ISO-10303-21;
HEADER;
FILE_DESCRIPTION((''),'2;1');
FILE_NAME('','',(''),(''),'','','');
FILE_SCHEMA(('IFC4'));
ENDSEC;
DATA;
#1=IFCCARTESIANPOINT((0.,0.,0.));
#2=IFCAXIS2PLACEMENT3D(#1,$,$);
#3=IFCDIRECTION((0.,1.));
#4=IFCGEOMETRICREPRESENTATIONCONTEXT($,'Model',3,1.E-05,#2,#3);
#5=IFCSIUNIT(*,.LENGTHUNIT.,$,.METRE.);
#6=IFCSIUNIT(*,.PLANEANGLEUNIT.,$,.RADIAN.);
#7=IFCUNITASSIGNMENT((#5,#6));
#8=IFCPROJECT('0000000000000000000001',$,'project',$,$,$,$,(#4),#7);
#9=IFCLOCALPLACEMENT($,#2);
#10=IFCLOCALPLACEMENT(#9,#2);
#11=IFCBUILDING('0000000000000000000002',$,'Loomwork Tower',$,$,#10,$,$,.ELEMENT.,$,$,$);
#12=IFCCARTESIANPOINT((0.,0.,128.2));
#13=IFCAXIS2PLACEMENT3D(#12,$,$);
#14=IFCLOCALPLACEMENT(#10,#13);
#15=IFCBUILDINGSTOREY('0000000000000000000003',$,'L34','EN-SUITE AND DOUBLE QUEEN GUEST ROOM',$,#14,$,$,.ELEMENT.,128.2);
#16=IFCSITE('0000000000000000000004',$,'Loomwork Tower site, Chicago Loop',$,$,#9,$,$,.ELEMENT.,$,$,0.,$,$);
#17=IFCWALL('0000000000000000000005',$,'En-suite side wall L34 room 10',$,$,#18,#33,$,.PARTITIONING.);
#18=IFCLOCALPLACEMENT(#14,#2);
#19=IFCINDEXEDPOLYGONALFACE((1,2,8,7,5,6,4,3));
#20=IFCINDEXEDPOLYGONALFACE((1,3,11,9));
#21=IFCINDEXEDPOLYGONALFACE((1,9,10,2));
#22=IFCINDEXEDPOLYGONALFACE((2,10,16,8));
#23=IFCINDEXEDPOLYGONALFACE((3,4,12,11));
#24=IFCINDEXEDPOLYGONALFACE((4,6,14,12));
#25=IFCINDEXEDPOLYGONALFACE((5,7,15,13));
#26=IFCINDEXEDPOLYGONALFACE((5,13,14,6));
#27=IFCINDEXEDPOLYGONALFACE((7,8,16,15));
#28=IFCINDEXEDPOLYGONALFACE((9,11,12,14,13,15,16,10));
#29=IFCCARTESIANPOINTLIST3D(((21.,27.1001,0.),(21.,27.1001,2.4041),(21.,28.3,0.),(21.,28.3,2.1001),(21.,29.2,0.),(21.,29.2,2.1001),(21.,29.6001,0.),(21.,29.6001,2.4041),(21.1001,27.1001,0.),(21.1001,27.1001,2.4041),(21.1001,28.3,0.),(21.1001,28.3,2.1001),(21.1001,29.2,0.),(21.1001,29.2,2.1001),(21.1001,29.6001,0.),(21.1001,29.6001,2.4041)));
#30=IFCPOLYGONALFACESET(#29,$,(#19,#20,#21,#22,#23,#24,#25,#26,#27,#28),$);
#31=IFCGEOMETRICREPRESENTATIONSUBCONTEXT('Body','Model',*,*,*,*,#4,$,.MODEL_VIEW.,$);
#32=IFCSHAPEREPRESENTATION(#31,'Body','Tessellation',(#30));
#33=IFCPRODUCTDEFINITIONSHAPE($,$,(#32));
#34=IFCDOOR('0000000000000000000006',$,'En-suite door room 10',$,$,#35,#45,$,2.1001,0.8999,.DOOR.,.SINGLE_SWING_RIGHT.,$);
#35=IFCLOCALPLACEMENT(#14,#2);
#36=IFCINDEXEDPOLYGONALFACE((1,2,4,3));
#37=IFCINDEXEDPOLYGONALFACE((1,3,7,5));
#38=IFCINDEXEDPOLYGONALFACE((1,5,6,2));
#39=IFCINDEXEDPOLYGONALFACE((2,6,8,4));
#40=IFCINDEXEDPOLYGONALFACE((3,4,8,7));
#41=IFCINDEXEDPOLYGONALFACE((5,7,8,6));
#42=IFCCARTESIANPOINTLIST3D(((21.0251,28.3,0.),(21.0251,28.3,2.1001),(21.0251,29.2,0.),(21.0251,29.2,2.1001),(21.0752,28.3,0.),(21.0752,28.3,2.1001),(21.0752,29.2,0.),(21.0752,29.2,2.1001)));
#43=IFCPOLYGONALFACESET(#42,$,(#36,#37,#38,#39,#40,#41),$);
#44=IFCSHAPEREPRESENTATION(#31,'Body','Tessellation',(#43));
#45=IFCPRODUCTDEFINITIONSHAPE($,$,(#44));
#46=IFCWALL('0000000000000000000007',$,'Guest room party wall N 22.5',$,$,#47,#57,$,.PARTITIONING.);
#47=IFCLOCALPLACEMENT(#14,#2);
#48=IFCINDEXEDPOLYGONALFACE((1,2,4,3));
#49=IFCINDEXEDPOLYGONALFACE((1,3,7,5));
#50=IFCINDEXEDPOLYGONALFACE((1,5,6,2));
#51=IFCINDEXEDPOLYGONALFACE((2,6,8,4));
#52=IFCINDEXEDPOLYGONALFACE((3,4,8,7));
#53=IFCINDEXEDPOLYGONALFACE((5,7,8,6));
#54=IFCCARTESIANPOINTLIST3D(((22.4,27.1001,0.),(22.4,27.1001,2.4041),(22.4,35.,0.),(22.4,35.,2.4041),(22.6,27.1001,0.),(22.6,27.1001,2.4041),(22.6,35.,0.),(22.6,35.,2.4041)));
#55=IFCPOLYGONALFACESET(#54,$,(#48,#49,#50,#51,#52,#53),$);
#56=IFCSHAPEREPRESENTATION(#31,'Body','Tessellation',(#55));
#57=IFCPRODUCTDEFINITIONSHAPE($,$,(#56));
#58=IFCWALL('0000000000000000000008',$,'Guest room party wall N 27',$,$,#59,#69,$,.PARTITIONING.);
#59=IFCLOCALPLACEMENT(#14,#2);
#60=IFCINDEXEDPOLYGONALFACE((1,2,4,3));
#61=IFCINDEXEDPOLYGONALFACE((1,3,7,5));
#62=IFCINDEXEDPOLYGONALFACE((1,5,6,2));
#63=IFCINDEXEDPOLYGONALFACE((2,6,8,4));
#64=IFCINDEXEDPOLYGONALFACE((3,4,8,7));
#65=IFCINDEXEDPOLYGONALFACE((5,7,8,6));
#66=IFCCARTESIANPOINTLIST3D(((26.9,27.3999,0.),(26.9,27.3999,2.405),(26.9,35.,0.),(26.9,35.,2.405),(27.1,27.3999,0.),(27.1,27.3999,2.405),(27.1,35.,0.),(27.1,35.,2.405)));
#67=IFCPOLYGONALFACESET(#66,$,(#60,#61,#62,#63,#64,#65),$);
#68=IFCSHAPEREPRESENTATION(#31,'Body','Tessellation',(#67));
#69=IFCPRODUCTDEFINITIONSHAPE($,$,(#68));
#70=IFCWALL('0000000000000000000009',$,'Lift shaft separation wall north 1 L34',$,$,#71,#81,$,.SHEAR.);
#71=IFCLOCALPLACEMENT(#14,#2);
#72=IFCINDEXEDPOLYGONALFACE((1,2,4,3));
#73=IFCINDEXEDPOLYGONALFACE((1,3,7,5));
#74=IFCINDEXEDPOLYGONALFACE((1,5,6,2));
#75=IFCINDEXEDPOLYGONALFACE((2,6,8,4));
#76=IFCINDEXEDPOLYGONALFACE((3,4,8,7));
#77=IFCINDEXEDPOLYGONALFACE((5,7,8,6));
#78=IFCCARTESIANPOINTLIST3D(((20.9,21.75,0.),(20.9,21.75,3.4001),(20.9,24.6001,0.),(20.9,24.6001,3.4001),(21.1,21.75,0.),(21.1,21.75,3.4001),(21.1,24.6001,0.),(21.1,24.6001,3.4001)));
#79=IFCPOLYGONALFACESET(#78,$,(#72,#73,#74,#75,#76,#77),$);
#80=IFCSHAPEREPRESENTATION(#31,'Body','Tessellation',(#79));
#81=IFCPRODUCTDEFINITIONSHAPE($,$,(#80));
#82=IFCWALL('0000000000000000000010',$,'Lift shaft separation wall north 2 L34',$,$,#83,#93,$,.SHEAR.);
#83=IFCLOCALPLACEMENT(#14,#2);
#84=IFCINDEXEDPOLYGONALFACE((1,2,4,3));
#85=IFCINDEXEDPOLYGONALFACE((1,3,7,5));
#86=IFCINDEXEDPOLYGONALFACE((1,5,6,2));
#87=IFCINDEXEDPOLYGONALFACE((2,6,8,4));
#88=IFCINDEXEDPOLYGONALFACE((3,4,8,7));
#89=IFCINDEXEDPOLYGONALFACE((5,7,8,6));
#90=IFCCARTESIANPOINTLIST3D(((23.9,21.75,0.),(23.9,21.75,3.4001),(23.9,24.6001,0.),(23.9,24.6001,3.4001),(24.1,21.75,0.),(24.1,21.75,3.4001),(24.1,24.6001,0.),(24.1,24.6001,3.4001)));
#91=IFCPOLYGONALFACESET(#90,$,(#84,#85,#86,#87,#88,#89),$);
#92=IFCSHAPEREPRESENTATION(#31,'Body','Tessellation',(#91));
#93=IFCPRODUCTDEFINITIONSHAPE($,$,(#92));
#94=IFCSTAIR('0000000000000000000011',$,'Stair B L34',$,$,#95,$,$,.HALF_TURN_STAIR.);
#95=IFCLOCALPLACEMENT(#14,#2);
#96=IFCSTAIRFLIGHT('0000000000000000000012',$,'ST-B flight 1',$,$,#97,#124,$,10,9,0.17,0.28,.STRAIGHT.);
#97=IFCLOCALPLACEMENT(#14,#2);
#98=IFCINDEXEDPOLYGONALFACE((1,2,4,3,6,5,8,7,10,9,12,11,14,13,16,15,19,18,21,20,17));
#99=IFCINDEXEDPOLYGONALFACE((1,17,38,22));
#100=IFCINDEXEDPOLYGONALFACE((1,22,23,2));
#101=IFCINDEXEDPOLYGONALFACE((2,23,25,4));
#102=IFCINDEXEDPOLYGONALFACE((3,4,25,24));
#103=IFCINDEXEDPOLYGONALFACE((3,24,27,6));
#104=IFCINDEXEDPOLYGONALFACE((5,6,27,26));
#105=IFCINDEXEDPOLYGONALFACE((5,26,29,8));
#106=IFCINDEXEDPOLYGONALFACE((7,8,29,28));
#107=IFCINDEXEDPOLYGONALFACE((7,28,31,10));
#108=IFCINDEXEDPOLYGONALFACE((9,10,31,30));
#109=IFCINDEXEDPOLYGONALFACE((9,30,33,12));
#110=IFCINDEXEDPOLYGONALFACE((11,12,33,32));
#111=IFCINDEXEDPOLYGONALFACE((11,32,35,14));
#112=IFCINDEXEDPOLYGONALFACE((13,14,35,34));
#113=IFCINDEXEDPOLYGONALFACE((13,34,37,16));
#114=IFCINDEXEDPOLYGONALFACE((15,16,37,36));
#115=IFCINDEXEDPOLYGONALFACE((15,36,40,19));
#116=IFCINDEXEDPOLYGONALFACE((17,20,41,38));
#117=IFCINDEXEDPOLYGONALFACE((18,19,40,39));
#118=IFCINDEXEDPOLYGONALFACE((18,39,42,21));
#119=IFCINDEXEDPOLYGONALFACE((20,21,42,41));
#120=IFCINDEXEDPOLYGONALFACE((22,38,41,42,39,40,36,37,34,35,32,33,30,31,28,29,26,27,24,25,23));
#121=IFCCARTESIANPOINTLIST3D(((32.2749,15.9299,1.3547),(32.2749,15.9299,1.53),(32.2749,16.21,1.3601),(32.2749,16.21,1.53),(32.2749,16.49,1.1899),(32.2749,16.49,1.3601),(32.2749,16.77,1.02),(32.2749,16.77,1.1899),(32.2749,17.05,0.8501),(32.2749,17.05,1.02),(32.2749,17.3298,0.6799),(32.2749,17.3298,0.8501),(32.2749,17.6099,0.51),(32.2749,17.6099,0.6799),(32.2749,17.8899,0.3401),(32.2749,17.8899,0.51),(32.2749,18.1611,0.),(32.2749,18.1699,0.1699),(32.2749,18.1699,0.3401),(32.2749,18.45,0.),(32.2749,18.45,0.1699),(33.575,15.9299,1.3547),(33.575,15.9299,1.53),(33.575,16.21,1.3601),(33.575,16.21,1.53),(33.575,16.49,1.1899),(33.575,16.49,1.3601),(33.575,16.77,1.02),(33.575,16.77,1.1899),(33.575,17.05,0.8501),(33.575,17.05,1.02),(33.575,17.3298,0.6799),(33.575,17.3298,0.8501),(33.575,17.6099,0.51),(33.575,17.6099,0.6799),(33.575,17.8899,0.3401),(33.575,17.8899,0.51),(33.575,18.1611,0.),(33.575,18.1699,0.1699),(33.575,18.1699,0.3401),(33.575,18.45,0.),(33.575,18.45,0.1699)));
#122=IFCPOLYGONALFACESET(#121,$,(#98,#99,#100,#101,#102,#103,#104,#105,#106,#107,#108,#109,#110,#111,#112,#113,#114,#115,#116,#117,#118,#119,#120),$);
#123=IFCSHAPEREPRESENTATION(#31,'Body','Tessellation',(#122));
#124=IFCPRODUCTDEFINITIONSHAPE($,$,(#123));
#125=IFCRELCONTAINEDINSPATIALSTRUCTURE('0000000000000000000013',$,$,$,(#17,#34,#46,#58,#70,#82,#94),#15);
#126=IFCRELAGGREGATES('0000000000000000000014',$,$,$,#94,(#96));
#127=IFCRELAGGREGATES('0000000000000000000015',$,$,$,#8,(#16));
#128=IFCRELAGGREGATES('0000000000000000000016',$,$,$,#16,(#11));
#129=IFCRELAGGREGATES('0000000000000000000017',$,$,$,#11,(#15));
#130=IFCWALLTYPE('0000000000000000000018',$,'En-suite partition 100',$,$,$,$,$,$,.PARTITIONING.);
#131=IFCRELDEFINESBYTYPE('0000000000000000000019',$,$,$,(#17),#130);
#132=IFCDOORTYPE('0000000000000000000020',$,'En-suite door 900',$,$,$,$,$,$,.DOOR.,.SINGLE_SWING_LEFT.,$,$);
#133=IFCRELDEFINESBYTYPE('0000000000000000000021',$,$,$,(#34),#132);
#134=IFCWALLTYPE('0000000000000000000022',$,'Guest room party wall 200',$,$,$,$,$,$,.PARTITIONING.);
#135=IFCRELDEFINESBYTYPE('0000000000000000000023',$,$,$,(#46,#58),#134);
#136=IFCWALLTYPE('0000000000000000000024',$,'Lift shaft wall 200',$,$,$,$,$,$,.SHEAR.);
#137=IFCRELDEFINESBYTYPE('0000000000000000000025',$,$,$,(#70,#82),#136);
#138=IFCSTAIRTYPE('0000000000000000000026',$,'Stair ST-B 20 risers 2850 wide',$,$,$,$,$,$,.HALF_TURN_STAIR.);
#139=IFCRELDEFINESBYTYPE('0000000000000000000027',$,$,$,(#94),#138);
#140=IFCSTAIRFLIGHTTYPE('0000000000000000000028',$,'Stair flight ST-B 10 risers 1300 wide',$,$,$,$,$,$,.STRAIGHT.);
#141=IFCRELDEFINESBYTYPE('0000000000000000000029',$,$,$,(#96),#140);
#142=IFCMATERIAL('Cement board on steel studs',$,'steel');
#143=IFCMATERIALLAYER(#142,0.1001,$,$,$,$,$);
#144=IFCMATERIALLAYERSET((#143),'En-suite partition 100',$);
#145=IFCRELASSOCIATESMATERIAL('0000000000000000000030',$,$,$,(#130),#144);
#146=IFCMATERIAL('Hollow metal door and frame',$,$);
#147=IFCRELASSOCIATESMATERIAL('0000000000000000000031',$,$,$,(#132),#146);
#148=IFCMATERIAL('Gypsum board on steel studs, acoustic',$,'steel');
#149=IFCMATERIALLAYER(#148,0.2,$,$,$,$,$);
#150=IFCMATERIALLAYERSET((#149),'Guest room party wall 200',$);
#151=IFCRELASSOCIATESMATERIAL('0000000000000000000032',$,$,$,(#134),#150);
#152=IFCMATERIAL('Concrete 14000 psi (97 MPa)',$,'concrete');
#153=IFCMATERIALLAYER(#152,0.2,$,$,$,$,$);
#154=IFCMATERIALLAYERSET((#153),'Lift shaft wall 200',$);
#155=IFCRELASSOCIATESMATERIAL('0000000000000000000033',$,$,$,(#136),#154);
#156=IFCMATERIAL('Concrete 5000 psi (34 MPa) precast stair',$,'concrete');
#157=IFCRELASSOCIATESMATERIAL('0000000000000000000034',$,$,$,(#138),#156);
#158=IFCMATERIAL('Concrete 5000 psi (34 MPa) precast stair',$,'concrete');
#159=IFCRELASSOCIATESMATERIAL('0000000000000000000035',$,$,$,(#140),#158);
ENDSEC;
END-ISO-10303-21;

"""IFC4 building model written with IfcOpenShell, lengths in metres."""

from ifc_helpers import new_model, si_unit, direction, frame, frame_2d, origin, place, context, subcontext, project, spatial, polyline, rectangle, outline, extrude, material, layer, layer_set, type_object, element, fill, aggregate, save


model = new_model("IFC4")

# Units and contexts
model_context = context("Model", 3, precision=1e-05, world=origin(), true_north=direction((0.0, 1.0)))
body_context = subcontext(model_context, "Body", "Model", "MODEL_VIEW")
ifc_project = project(units=[si_unit("LENGTHUNIT", "METRE"), si_unit("PLANEANGLEUNIT", "RADIAN")], contexts=[model_context])

# Site, building, storey
site_placement = place(None, origin())
site = spatial("IfcSite", under=ifc_project, at=site_placement, Name="Loomwork Tower site, Chicago Loop", CompositionType="ELEMENT", RefElevation=0.0)
building_placement = place(site_placement, origin())
building = spatial("IfcBuilding", under=site, at=building_placement, Name="Loomwork Tower", CompositionType="ELEMENT")
storey_placement = place(building_placement, frame((0.0, 0.0, 128.2)))
storey = spatial("IfcBuildingStorey", under=building, at=storey_placement, Name="L34", Description="EN-SUITE AND DOUBLE QUEEN GUEST ROOM", CompositionType="ELEMENT", Elevation=128.2)

# Wall, opening, door
ifc_material_1 = material(Name="Cement board on steel studs", Category="steel")
ifc_layer_1 = layer(ifc_material_1, 0.1001)
ifc_layer_set_1 = layer_set([ifc_layer_1], Name="En-suite partition 100")
wall_type_1 = type_object("IfcWallType", Name="En-suite partition 100", PredefinedType="PARTITIONING", material=ifc_layer_set_1)
wall_1_placement = place(storey_placement, frame((21.05, 27.1001, 0.0), z_axis=(0.0, 0.0, 1.0), x_axis=(0.0, 1.0, 0.0)))
wall_1 = element("IfcWall", 1, at=wall_1_placement, inside=storey, type_object=wall_type_1, Name="En-suite side wall L34 room 10", PredefinedType="PARTITIONING", context=body_context, shape_type="SweptSolid", body=[
    extrude(rectangle(XDim=2.5, YDim=0.1001, at=frame_2d((1.25, 0.0))), origin(), (0.0, 0.0, 1.0), 2.4041),
])
opening_1_placement = place(wall_1_placement, frame((1.2, 0.0, 0.0)))
opening_1 = element("IfcOpeningElement", 2, at=opening_1_placement, cuts=wall_1, PredefinedType="OPENING", context=body_context, shape_type="SweptSolid", body=[
    extrude(rectangle(XDim=0.8999, YDim=2.1001, at=frame_2d((0.45, 1.05))), frame((0.0, 0.0601, 0.0), z_axis=(0.0, -1.0, 0.0), x_axis=(1.0, 0.0, 0.0)), (0.0, 0.0, 1.0), 0.1201),
])
ifc_material_2 = material(Name="Hollow metal door and frame")
door_type_1 = type_object("IfcDoorType", Name="En-suite door 900", OperationType="SINGLE_SWING_LEFT", PredefinedType="DOOR", material=ifc_material_2)
door_1_placement = place(opening_1_placement, origin())
door_1 = element("IfcDoor", 3, at=door_1_placement, inside=storey, type_object=door_type_1, Name="En-suite door room 10", OperationType="SINGLE_SWING_RIGHT", OverallHeight=2.1001, OverallWidth=0.8999, PredefinedType="DOOR", context=body_context, shape_type="SweptSolid", body=[
    extrude(rectangle(XDim=0.8999, YDim=2.1001, at=frame_2d((0.45, 1.05))), frame((0.0, 0.0249, 0.0), z_axis=(0.0, -1.0, 0.0), x_axis=(1.0, 0.0, 0.0)), (0.0, 0.0, 1.0), 0.05),
])
fill(opening_1, door_1)

# Walls
ifc_material_3 = material(Name="Gypsum board on steel studs, acoustic", Category="steel")
ifc_layer_2 = layer(ifc_material_3, 0.2)
ifc_layer_set_2 = layer_set([ifc_layer_2], Name="Guest room party wall 200")
wall_type_2 = type_object("IfcWallType", Name="Guest room party wall 200", PredefinedType="PARTITIONING", material=ifc_layer_set_2)
wall_2_placement = place(storey_placement, frame((22.5, 27.1001, 0.0), z_axis=(0.0, 0.0, 1.0), x_axis=(0.0, 1.0, 0.0)))
element("IfcWall", 4, at=wall_2_placement, inside=storey, type_object=wall_type_2, Name="Guest room party wall N 22.5", PredefinedType="PARTITIONING", context=body_context, shape_type="SweptSolid", body=[
    extrude(rectangle(XDim=7.8999, YDim=0.2, at=frame_2d((3.95, 0.0))), origin(), (0.0, 0.0, 1.0), 2.4041),
])
wall_3_placement = place(storey_placement, frame((27.0, 27.3999, 0.0), z_axis=(0.0, 0.0, 1.0), x_axis=(0.0, 1.0, 0.0)))
element("IfcWall", 5, at=wall_3_placement, inside=storey, type_object=wall_type_2, Name="Guest room party wall N 27", PredefinedType="PARTITIONING", context=body_context, shape_type="SweptSolid", body=[
    extrude(rectangle(XDim=7.6001, YDim=0.2, at=frame_2d((3.8, 0.0))), origin(), (0.0, 0.0, 1.0), 2.405),
])
ifc_material_4 = material(Name="Concrete 14000 psi (97 MPa)", Category="concrete")
ifc_layer_3 = layer(ifc_material_4, 0.2)
ifc_layer_set_3 = layer_set([ifc_layer_3], Name="Lift shaft wall 200")
wall_type_3 = type_object("IfcWallType", Name="Lift shaft wall 200", PredefinedType="SHEAR", material=ifc_layer_set_3)
for number, where, z_axis, x_axis, name in (
    (6, (21.0, 21.75, 0.0), (0.0, 0.0, 1.0), (0.0, 1.0, 0.0), "Lift shaft separation wall north 1 L34"),
    (7, (24.0, 21.75, 0.0), (0.0, 0.0, 1.0), (0.0, 1.0, 0.0), "Lift shaft separation wall north 2 L34"),
):
    element("IfcWall", number, at=place(storey_placement, frame(where, z_axis=z_axis, x_axis=x_axis)), inside=storey, type_object=wall_type_3, Name=name, PredefinedType="SHEAR", context=body_context, shape_type="SweptSolid", body=[
        extrude(rectangle(XDim=2.8501, YDim=0.2, at=frame_2d((1.425, 0.0))), origin(), (0.0, 0.0, 1.0), 3.4001),
    ])

# Stair, stair flight
ifc_material_5 = material(Name="Concrete 5000 psi (34 MPa) precast stair", Category="concrete")
stair_type = type_object("IfcStairType", Name="Stair ST-B 20 risers 2850 wide", PredefinedType="HALF_TURN_STAIR", material=ifc_material_5)
stair_placement = place(storey_placement, origin())
stair = element("IfcStair", 8, at=stair_placement, inside=storey, type_object=stair_type, Name="Stair B L34", PredefinedType="HALF_TURN_STAIR")
ifc_material_6 = material(Name="Concrete 5000 psi (34 MPa) precast stair", Category="concrete")
stair_flight_type = type_object("IfcStairFlightType", Name="Stair flight ST-B 10 risers 1300 wide", PredefinedType="STRAIGHT", material=ifc_material_6)
stair_flight_placement = place(storey_placement, frame((32.925, 18.45, 0.0), z_axis=(0.0, 0.0, 1.0), x_axis=(0.0, -1.0, 0.0)))
stair_flight = element("IfcStairFlight", 9, at=stair_flight_placement, type_object=stair_flight_type, Name="ST-B flight 1", NumberOfRisers=10, NumberOfTreads=9, PredefinedType="STRAIGHT", RiserHeight=0.17, TreadLength=0.28, context=body_context, shape_type="SweptSolid", body=[
    extrude(outline(polyline([(0.0, 0.0), (0.0, 0.1699), (0.28, 0.1699), (0.28, 0.3401), (0.5601, 0.3401), (0.5601, 0.51), (0.8401, 0.51), (0.8401, 0.6799), (1.1201, 0.6799), (1.1201, 0.8501), (1.3999, 0.8501), (1.3999, 1.02), (1.6799, 1.02), (1.6799, 1.1899), (1.96, 1.1899), (1.96, 1.3601), (2.24, 1.3601), (2.24, 1.53), (2.52, 1.53), (2.52, 1.7), (2.52, 1.3547), (0.2888, 0.0), (0.0, 0.0)])), frame((0.0, 0.6499, 0.0), z_axis=(0.0, -1.0, 0.0), x_axis=(1.0, 0.0, 0.0)), (0.0, 0.0, 1.0), 1.3),
])
aggregate(stair, [stair_flight])

save(model, "model.ifc")
